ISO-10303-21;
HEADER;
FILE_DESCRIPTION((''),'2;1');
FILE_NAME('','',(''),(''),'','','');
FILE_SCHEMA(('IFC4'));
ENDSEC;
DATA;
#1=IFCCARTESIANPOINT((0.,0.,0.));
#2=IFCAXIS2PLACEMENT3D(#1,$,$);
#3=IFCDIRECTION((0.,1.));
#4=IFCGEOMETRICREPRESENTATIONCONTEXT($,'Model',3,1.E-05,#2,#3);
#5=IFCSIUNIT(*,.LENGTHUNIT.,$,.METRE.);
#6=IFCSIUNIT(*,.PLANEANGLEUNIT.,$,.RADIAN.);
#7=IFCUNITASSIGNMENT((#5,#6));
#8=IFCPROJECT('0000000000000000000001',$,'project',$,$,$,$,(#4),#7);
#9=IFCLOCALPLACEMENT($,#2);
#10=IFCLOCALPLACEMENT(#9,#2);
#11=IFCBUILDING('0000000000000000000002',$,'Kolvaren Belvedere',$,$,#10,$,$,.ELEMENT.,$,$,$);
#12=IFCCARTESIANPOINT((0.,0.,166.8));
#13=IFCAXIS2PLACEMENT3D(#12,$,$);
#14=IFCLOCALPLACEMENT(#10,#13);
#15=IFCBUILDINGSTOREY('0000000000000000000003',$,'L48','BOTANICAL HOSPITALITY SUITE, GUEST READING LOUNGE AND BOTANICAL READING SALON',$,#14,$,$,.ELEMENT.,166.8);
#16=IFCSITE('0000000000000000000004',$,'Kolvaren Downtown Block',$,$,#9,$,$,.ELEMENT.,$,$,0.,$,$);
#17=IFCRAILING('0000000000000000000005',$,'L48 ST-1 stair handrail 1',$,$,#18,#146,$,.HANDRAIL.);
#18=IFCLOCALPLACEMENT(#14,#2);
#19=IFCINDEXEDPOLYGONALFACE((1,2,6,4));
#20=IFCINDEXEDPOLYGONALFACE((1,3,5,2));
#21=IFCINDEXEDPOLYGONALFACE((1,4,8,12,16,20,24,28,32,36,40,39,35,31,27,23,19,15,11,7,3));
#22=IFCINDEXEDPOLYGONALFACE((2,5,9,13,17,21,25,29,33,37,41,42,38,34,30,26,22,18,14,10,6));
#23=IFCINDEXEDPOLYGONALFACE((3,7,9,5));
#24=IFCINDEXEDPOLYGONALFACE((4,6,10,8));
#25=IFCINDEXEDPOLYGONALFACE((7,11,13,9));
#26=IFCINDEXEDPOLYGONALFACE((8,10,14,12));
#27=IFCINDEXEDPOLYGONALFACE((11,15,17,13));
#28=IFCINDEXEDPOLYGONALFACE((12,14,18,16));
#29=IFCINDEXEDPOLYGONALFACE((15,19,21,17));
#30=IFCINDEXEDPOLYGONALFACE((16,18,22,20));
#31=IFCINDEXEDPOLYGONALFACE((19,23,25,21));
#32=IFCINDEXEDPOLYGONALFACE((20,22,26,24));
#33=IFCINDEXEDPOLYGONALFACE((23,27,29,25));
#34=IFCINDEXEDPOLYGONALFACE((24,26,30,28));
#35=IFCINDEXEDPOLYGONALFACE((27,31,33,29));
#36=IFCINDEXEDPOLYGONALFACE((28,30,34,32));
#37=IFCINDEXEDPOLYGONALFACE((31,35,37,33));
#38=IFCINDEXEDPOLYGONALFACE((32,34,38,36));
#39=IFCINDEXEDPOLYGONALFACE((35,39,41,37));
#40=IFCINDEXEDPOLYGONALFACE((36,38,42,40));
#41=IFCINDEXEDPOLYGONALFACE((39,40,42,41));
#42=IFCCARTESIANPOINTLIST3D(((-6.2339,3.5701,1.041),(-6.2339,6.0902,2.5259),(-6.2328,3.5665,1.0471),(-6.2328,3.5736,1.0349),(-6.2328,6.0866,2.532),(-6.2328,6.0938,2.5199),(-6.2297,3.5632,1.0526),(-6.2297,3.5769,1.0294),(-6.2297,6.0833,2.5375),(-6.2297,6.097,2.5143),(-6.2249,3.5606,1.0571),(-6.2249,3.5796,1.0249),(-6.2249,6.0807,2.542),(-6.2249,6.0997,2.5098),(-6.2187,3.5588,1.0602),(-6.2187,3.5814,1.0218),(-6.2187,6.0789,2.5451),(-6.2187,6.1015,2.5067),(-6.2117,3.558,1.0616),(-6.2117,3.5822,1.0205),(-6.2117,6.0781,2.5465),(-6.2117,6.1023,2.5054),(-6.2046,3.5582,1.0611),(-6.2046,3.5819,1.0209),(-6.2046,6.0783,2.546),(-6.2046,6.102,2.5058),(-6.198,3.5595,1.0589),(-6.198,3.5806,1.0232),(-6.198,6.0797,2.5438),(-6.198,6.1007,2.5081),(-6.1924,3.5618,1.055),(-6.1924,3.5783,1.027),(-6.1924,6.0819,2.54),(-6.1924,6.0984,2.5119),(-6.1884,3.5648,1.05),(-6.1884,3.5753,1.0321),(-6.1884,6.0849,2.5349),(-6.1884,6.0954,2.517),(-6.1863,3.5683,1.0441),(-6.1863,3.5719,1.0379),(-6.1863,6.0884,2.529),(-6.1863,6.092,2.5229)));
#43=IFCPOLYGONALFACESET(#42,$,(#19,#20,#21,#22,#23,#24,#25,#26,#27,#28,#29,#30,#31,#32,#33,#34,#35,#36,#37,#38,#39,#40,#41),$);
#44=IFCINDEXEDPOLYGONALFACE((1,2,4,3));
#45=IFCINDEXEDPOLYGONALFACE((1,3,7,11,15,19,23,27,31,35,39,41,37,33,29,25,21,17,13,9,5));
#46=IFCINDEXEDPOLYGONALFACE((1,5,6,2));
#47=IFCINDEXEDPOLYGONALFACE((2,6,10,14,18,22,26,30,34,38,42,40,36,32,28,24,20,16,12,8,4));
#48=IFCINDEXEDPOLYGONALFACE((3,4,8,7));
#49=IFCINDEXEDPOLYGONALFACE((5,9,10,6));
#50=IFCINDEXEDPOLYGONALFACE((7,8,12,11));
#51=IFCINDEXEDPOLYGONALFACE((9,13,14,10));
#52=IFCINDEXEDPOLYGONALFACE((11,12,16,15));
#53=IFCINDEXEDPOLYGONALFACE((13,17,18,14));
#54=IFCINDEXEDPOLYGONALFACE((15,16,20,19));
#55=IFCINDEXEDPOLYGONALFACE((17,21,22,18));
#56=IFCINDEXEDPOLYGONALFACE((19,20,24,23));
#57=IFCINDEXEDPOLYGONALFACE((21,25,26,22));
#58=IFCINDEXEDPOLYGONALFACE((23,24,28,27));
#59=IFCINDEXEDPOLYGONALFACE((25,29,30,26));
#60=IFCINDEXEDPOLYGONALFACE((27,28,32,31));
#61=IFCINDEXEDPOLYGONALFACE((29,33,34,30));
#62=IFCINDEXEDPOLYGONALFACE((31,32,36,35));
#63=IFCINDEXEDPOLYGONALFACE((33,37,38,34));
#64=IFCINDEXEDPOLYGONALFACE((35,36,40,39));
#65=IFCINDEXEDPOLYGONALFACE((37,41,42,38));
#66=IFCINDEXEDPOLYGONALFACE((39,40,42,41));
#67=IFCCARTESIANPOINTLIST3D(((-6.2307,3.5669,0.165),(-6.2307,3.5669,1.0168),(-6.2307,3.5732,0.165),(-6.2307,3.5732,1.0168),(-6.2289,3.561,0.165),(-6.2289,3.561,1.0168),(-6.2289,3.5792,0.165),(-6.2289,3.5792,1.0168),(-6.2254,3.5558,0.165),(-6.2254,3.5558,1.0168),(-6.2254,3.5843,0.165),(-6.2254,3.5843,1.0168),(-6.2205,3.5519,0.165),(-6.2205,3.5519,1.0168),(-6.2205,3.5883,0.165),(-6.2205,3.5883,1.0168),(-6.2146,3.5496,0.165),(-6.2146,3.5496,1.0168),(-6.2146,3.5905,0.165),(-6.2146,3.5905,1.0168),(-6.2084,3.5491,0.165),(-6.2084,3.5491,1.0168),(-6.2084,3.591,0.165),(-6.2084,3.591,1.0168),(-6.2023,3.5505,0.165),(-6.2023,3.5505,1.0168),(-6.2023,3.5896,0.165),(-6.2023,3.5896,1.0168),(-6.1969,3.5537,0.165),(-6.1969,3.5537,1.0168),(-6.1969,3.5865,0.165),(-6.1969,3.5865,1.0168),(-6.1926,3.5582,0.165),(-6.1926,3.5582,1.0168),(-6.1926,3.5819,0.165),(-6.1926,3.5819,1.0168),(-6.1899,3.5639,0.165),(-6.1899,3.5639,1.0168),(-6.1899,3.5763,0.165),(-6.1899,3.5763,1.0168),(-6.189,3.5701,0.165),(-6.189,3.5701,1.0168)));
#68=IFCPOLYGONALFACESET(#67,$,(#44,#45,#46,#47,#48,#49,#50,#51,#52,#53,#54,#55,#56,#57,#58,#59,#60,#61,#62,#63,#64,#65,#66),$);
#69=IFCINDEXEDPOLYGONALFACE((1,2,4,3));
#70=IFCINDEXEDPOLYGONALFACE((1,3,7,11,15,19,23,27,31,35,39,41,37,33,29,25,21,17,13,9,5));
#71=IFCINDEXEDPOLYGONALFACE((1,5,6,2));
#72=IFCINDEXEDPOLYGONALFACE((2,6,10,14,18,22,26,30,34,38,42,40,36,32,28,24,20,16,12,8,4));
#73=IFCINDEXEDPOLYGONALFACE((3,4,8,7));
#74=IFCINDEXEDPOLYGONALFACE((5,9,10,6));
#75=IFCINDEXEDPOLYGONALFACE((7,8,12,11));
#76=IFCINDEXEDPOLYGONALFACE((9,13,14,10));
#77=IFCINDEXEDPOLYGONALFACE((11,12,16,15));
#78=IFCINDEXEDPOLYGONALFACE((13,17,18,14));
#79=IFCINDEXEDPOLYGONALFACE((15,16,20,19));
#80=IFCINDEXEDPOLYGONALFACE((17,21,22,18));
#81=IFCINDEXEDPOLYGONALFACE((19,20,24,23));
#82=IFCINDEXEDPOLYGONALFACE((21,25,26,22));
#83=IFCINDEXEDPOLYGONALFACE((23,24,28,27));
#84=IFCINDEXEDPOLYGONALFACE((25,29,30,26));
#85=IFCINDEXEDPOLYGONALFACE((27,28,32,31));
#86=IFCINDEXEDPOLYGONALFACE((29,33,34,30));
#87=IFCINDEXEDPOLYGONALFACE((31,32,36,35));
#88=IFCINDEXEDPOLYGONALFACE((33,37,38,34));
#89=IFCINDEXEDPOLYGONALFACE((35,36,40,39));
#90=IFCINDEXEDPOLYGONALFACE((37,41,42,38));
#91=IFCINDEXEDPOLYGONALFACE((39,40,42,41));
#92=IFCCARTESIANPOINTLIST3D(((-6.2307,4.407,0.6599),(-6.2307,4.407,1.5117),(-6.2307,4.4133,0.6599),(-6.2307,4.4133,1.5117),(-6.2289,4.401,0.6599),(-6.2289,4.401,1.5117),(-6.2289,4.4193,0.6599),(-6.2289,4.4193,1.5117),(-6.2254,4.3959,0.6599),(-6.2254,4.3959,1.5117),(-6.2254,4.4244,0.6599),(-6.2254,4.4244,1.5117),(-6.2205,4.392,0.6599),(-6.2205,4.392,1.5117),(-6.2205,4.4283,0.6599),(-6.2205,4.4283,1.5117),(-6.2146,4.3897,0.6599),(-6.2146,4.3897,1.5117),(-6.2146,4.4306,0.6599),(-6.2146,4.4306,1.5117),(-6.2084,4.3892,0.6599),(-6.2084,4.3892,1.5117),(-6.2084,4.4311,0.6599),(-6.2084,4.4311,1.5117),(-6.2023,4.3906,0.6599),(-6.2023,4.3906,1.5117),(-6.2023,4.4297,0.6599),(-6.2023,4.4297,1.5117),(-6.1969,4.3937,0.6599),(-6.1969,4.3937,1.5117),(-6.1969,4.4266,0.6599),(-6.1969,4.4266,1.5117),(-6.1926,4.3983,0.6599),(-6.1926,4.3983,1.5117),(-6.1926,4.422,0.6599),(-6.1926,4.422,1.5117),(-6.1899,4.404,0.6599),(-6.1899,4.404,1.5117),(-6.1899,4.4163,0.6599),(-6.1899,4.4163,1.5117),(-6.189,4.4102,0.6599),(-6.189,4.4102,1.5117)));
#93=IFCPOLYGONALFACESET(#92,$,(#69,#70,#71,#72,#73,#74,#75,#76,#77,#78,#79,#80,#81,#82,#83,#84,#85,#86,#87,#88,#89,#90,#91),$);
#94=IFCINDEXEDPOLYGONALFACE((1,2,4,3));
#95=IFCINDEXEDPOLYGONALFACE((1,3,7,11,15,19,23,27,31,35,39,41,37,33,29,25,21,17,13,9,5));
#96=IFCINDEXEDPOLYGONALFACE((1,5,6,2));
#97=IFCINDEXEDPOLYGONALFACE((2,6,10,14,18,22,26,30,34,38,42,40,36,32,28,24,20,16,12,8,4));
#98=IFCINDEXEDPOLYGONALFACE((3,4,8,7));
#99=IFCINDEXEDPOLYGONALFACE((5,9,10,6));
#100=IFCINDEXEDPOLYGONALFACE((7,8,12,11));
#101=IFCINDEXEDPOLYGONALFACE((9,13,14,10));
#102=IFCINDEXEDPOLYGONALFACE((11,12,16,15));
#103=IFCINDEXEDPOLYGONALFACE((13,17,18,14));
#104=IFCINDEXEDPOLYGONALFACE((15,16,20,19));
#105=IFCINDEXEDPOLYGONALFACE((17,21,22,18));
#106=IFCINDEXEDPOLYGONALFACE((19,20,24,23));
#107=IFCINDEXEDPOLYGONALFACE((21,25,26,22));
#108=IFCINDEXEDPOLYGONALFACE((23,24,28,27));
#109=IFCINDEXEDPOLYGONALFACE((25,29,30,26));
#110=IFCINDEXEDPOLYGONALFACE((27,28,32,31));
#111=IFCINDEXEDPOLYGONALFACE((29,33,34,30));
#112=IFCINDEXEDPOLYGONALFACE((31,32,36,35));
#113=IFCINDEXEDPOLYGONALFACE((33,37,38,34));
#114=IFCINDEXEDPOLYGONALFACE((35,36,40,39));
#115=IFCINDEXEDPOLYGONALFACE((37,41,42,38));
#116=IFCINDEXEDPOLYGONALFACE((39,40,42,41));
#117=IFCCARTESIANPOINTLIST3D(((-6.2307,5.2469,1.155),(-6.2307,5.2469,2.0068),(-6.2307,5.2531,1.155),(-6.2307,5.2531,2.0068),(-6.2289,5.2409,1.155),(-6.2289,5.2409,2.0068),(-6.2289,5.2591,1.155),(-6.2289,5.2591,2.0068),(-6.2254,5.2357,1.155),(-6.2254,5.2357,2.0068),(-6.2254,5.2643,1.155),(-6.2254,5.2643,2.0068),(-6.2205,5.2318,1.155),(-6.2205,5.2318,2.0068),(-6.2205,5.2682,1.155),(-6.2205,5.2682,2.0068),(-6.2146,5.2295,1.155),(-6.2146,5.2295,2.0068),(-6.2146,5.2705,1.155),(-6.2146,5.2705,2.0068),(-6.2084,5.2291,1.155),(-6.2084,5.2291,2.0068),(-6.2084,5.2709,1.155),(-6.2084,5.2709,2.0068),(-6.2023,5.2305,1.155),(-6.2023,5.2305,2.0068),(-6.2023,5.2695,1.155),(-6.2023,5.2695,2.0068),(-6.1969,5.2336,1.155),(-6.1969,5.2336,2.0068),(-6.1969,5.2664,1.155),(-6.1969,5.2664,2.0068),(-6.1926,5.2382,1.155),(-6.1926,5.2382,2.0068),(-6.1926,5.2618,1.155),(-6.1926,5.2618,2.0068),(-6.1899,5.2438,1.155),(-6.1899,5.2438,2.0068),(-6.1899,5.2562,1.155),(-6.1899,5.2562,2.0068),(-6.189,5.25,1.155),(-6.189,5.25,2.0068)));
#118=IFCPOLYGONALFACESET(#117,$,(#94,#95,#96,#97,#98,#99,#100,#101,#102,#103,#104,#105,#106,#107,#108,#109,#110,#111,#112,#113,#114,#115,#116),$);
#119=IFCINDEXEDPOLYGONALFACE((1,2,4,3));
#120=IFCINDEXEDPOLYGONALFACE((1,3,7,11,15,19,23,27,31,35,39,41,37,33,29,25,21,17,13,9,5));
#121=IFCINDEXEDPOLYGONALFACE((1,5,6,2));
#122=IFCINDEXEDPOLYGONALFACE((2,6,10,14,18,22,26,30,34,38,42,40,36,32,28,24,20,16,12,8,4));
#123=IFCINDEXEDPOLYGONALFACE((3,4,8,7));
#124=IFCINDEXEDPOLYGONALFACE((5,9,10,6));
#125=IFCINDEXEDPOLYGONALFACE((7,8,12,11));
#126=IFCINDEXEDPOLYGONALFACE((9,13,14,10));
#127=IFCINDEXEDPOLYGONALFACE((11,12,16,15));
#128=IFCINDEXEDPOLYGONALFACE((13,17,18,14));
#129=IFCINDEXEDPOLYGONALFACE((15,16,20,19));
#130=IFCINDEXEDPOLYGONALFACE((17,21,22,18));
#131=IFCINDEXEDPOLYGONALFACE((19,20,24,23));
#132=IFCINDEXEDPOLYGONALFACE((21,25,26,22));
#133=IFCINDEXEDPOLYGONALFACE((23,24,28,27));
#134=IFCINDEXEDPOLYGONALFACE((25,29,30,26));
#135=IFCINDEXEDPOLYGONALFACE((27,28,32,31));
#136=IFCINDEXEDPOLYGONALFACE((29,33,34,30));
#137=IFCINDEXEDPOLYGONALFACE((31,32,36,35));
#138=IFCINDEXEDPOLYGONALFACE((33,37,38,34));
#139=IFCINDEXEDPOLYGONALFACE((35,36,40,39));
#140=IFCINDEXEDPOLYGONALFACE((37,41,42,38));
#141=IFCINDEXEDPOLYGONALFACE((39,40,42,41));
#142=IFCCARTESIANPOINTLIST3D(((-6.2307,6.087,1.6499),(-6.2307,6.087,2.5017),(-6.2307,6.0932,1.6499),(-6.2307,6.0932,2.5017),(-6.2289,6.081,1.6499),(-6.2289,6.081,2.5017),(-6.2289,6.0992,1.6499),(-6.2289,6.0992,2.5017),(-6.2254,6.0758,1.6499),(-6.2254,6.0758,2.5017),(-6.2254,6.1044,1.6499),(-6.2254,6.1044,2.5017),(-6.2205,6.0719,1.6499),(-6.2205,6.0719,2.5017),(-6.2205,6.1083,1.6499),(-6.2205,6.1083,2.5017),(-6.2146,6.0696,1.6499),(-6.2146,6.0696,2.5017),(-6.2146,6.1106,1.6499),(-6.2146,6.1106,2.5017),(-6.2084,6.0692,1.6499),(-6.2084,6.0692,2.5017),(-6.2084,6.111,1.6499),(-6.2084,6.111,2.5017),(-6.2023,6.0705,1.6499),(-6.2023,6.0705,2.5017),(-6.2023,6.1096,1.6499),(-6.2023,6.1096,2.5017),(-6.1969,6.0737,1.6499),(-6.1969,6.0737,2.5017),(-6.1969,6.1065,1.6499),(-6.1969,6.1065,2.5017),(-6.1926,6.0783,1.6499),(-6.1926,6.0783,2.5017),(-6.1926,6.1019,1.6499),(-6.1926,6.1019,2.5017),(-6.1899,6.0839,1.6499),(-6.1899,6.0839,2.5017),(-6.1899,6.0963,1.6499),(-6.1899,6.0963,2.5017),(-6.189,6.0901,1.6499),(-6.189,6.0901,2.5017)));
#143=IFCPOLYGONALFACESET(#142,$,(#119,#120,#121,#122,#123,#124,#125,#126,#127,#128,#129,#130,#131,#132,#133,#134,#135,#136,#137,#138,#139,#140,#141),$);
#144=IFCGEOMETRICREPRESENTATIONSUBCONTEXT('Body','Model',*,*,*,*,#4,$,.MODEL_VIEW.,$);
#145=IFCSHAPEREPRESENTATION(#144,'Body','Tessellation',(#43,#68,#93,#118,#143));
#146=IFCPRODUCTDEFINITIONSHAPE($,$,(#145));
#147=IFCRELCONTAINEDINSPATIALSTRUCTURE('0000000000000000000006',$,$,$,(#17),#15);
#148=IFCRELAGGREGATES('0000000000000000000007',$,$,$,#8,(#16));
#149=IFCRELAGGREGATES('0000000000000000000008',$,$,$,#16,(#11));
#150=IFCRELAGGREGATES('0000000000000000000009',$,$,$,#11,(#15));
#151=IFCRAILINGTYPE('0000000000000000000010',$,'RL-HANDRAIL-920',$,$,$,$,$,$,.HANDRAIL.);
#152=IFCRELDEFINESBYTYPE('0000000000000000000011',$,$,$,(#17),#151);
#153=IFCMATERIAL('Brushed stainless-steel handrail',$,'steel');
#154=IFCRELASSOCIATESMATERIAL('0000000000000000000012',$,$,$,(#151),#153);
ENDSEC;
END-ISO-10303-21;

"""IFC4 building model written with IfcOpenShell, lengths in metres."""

from ifc_helpers import new_model, si_unit, direction, frame, origin, origin_2d, place, context, subcontext, project, spatial, circle, extrude, material, type_object, element, save


model = new_model("IFC4")

# Units and contexts
model_context = context("Model", 3, precision=1e-05, world=origin(), true_north=direction((0.0, 1.0)))
body_context = subcontext(model_context, "Body", "Model", "MODEL_VIEW")
ifc_project = project(units=[si_unit("LENGTHUNIT", "METRE"), si_unit("PLANEANGLEUNIT", "RADIAN")], contexts=[model_context])

# Site, building, storey
site_placement = place(None, origin())
site = spatial("IfcSite", under=ifc_project, at=site_placement, Name="Kolvaren Downtown Block", CompositionType="ELEMENT", RefElevation=0.0)
building_placement = place(site_placement, origin())
building = spatial("IfcBuilding", under=site, at=building_placement, Name="Kolvaren Belvedere", CompositionType="ELEMENT")
storey_placement = place(building_placement, frame((0.0, 0.0, 166.8)))
storey = spatial("IfcBuildingStorey", under=building, at=storey_placement, Name="L48", Description="BOTANICAL HOSPITALITY SUITE, GUEST READING LOUNGE AND BOTANICAL READING SALON", CompositionType="ELEMENT", Elevation=166.8)

# Railing
ifc_material_1 = material(Name="Brushed stainless-steel handrail", Category="steel")
railing_type_1 = type_object("IfcRailingType", Name="RL-HANDRAIL-920", PredefinedType="HANDRAIL", material=ifc_material_1)
railing_1_placement = place(storey_placement, frame((-6.21, 3.5701, 0.165)))
element("IfcRailing", 1, at=railing_1_placement, inside=storey, type_object=railing_type_1, Name="L48 ST-1 stair handrail 1", PredefinedType="HANDRAIL", context=body_context, shape_type="SweptSolid", body=[
    extrude(circle(Radius=0.0239, at=origin_2d()), frame((0.0, 0.0, 0.876), z_axis=(0.0, 0.861561, 0.507655), x_axis=(-1.0, 0.0, 0.0)), (0.0, 0.0, 1.0), 2.925),
    extrude(circle(Radius=0.021, at=origin_2d()), origin(), (0.0, 0.0, 1.0), 0.8518),
    extrude(circle(Radius=0.021, at=origin_2d()), frame((0.0, 0.8401, 0.4949)), (0.0, 0.0, 1.0), 0.8518),
    extrude(circle(Radius=0.021, at=origin_2d()), frame((0.0, 1.6799, 0.99)), (0.0, 0.0, 1.0), 0.8518),
    extrude(circle(Radius=0.021, at=origin_2d()), frame((0.0, 2.52, 1.4849)), (0.0, 0.0, 1.0), 0.8518),
])

save(model, "model.ifc")
